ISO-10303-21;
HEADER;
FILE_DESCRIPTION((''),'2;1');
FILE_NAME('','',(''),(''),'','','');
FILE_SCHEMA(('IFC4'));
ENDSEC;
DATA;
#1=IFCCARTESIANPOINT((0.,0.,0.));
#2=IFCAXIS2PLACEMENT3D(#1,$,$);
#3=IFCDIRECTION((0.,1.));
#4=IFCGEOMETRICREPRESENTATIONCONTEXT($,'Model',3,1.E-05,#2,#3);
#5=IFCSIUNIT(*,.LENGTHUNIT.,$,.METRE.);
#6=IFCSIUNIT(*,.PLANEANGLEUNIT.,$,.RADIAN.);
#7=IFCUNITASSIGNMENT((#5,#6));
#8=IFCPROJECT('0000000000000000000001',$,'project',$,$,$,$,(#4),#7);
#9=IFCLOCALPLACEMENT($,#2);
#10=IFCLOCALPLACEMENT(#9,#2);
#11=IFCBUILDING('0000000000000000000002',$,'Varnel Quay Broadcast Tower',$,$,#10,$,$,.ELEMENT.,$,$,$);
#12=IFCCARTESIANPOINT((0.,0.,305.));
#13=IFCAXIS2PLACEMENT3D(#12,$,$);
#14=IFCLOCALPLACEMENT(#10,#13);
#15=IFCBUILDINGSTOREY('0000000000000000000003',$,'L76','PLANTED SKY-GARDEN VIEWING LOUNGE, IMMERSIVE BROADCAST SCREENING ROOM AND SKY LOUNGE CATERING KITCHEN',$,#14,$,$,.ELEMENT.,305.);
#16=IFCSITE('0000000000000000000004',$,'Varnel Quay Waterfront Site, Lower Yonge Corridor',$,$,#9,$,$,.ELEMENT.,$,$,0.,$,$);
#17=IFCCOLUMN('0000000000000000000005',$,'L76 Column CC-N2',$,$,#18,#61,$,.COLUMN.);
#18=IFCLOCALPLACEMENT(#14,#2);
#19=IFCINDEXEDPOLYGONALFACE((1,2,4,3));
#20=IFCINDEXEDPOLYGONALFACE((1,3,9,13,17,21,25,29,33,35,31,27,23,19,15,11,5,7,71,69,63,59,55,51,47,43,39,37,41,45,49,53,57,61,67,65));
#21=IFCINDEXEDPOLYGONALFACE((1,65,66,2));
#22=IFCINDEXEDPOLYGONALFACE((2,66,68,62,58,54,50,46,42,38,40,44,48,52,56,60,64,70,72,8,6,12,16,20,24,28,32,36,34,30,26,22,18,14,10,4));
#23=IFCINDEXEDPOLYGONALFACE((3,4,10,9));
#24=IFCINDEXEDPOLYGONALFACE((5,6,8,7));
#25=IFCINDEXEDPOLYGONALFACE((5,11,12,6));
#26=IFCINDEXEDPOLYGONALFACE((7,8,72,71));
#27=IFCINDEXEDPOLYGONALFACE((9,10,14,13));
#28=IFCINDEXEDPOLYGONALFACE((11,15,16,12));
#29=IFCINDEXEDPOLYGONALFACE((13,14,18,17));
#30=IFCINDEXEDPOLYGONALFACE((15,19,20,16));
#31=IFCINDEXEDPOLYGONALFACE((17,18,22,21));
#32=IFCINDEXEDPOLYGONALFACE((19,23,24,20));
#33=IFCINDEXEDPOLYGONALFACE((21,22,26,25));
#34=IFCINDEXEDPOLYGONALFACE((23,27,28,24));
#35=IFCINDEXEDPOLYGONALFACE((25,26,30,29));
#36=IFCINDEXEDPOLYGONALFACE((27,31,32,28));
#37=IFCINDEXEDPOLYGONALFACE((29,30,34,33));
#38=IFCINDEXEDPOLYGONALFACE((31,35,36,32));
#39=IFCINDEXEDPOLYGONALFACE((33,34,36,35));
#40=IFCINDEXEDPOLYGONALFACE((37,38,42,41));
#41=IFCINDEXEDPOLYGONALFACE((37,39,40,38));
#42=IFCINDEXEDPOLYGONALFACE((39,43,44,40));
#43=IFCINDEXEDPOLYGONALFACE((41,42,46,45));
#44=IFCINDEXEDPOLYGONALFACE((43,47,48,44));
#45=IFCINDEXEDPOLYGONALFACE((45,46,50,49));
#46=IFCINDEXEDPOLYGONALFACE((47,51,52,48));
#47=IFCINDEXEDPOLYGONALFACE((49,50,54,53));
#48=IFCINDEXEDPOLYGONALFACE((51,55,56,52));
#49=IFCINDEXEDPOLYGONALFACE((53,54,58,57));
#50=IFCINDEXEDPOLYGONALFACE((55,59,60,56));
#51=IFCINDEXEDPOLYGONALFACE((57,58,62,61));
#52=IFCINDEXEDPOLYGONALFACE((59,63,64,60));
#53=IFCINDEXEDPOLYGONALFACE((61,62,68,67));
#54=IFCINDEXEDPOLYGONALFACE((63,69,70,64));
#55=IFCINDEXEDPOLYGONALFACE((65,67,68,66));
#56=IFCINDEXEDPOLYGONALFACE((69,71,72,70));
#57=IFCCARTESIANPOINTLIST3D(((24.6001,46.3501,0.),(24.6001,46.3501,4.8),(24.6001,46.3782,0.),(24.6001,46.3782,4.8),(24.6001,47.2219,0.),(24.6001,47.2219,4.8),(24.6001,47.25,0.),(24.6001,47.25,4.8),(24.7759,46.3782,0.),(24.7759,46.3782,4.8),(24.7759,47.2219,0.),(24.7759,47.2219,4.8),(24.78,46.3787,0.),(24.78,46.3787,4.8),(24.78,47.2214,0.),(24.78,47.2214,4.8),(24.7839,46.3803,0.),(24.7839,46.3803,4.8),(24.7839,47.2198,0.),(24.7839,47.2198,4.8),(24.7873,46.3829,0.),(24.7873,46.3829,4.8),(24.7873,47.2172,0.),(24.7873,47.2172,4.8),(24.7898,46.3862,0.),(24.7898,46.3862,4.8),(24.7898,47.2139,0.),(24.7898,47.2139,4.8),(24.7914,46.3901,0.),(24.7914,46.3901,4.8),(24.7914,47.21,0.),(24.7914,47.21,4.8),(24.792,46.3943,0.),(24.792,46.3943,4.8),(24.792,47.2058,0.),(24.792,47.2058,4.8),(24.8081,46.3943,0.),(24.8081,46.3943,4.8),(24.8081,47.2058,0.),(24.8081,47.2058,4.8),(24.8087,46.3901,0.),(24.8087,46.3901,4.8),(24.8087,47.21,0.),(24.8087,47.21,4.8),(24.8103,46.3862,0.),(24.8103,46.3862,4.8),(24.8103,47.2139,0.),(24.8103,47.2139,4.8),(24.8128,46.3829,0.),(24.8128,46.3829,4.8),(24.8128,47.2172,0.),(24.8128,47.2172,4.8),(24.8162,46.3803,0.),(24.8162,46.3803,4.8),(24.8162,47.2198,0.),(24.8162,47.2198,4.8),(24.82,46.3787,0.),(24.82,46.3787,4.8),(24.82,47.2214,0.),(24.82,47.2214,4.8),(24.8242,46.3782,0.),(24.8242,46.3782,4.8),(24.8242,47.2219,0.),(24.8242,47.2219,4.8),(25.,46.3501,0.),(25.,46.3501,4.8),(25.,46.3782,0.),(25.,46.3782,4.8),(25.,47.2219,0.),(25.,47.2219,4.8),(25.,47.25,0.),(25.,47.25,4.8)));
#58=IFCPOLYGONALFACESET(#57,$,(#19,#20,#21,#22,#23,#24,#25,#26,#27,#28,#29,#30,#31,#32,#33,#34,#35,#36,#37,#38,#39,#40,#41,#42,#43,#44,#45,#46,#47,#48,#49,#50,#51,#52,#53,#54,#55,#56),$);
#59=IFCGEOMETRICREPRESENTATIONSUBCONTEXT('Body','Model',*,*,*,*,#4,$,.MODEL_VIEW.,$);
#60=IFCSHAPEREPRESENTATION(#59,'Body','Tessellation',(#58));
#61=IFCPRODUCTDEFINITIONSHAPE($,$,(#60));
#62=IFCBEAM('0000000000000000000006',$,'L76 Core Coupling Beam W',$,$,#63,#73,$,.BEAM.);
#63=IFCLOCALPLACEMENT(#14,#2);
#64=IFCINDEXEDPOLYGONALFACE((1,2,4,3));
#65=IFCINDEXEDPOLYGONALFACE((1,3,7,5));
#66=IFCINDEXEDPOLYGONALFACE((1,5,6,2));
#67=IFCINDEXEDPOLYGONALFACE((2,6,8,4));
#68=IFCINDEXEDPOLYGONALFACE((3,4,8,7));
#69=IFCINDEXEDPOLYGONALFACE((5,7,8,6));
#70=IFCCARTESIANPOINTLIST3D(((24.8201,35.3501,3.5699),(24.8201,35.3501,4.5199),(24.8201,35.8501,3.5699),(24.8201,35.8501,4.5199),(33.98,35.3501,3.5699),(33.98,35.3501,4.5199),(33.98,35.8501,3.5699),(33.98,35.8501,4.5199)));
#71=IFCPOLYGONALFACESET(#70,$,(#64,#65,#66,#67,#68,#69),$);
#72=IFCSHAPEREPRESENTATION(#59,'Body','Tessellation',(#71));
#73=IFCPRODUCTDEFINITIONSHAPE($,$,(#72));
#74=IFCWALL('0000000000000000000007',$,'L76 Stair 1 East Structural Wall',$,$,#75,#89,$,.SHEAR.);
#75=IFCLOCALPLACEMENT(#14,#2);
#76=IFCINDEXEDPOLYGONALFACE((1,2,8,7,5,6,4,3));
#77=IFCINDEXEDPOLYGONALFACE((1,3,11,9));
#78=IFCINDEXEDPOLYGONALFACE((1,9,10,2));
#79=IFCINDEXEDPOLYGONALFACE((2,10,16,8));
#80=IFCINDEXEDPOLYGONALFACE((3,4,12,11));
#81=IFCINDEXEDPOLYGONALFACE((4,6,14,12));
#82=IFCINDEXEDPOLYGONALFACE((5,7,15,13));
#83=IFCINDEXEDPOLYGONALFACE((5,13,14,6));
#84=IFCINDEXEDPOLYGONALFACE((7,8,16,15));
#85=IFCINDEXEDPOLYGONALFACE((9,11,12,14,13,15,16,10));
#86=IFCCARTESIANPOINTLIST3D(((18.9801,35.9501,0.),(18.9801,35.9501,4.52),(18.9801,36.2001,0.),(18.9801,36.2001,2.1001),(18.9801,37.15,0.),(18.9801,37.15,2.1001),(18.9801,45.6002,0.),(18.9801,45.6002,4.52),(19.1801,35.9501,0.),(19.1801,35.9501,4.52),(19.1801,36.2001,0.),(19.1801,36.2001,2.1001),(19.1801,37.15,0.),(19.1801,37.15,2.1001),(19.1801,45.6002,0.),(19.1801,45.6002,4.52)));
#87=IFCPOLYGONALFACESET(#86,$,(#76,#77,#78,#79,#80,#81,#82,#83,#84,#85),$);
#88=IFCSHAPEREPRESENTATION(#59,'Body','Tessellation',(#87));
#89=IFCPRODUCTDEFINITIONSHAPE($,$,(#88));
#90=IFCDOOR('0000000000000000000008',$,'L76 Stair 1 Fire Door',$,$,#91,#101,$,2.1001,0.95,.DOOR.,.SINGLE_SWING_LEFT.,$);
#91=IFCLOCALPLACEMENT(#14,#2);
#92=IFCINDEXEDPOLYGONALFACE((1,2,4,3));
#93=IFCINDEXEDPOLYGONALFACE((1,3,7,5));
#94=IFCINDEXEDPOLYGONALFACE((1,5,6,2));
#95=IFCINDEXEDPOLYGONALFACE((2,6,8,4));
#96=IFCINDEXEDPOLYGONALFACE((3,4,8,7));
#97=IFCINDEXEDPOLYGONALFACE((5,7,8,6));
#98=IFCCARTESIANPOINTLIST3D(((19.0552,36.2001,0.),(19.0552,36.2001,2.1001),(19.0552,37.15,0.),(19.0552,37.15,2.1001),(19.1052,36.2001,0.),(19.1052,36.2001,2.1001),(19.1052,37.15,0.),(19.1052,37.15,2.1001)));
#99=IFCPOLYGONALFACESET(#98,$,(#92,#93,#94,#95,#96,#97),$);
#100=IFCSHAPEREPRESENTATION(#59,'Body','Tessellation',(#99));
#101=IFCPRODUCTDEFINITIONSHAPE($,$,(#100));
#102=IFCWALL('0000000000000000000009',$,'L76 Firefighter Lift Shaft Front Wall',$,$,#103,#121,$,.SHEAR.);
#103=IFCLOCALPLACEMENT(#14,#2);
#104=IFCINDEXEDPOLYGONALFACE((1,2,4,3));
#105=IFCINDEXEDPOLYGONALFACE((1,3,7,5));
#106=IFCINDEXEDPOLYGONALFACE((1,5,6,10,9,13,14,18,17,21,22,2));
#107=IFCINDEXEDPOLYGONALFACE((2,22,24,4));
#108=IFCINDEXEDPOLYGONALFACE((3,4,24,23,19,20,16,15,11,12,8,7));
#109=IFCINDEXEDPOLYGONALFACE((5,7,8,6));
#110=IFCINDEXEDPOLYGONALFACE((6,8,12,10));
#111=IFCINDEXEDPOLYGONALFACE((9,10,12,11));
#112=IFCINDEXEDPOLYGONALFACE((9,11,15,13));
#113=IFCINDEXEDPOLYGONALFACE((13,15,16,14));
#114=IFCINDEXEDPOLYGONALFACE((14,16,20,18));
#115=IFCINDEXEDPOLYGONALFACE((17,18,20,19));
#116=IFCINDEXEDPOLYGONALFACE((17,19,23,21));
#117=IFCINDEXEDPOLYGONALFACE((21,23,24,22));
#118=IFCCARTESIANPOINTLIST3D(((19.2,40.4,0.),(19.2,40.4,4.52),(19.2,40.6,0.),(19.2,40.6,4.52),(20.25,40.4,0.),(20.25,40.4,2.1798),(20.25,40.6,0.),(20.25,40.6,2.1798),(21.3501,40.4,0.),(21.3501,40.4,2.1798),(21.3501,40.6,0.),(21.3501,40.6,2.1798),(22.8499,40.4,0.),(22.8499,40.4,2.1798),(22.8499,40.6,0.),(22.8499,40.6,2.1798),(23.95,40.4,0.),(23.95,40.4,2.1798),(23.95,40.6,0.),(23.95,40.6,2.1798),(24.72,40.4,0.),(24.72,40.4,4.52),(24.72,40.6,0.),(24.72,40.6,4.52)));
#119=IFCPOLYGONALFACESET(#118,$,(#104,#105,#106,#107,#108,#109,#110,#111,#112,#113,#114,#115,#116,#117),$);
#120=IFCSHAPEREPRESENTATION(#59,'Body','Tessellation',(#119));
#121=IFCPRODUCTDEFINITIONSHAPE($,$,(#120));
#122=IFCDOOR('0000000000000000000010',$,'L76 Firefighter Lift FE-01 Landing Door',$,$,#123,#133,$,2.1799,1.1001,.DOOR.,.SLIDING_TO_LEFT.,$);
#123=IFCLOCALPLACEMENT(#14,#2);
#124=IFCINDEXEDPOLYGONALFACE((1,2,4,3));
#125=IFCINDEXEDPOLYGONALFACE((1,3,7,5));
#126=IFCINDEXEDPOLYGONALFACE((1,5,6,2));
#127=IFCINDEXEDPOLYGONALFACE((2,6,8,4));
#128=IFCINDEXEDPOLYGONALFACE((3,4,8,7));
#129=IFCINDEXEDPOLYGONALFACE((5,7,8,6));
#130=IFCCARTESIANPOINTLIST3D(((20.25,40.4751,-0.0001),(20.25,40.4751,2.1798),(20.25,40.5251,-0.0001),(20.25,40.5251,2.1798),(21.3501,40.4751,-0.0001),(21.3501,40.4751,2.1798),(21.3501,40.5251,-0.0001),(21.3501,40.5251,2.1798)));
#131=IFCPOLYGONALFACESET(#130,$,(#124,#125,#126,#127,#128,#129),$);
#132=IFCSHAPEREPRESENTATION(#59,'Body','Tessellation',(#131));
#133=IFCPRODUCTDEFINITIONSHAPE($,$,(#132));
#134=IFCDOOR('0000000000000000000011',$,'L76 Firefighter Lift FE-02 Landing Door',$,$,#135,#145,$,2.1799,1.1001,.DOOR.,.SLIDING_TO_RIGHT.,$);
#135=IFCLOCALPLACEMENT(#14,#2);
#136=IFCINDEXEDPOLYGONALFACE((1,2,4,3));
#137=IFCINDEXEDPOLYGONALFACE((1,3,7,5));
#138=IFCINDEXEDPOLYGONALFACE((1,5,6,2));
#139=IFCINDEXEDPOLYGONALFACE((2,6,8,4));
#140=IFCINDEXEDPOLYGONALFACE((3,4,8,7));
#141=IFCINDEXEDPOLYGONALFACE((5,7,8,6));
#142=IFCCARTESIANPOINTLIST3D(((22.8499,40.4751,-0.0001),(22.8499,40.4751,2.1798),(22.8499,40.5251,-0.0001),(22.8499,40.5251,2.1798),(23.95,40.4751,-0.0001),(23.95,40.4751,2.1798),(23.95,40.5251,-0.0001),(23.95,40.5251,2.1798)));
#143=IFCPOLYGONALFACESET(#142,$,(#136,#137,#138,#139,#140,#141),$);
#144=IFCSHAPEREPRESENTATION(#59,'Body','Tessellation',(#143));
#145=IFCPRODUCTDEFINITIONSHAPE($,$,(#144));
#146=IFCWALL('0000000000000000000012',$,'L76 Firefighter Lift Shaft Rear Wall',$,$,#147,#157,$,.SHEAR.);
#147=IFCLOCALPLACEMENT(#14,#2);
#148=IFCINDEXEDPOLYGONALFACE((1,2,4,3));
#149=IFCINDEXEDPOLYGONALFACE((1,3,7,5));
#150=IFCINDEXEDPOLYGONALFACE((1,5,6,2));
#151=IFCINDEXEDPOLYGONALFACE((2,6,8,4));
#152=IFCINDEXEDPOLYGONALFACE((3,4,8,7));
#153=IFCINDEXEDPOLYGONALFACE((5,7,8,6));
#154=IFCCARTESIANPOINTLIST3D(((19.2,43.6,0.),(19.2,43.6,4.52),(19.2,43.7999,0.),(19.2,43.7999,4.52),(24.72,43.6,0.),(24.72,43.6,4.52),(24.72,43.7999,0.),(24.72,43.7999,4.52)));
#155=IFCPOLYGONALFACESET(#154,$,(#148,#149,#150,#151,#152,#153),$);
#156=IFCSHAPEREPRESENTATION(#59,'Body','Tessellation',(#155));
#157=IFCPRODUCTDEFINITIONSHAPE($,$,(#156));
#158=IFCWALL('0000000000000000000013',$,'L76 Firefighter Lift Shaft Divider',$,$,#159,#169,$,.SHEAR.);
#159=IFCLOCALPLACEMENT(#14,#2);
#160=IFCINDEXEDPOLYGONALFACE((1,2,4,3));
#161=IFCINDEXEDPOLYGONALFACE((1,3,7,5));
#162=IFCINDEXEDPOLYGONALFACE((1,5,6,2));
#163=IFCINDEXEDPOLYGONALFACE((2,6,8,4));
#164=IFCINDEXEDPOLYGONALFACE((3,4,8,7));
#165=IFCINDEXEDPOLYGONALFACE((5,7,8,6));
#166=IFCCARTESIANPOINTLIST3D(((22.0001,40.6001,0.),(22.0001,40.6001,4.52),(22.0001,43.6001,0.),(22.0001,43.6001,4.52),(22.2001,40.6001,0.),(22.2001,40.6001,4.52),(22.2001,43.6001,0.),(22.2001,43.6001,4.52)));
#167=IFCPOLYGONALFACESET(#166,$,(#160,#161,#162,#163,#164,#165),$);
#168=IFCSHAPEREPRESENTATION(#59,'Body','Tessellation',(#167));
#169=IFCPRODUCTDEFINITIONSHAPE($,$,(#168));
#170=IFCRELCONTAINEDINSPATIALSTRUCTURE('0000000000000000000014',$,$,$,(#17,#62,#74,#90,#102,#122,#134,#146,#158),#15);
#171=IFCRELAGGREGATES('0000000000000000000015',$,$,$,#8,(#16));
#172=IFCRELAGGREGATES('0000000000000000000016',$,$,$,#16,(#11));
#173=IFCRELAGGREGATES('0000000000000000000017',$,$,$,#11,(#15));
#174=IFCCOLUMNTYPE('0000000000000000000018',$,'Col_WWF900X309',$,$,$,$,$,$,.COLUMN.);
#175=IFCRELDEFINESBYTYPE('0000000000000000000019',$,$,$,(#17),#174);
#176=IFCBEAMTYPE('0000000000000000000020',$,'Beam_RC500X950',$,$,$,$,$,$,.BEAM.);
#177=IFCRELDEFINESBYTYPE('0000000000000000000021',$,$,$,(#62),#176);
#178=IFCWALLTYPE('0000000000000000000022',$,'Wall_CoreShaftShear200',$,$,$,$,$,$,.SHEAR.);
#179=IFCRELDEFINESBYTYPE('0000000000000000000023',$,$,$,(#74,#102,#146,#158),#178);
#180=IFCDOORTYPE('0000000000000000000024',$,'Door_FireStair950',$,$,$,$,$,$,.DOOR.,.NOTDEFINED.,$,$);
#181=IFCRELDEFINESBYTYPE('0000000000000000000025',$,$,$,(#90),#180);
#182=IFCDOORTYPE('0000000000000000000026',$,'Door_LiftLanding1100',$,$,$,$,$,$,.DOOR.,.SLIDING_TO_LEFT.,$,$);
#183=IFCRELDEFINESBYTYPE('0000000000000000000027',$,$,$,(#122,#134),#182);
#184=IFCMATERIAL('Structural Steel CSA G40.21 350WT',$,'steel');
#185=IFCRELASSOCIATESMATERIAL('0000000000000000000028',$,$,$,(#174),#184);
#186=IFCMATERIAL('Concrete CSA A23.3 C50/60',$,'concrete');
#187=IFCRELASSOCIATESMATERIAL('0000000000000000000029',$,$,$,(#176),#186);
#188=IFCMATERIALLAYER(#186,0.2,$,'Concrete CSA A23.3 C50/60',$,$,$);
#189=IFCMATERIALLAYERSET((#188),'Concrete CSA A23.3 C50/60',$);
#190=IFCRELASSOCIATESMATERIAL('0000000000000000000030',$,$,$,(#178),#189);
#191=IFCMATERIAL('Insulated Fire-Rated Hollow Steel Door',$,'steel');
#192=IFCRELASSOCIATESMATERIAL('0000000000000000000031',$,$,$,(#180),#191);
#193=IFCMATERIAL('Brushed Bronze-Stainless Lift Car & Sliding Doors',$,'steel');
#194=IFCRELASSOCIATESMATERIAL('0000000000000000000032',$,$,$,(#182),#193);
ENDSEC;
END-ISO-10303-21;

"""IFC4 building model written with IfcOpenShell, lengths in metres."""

from ifc_helpers import new_model, si_unit, direction, frame, frame_2d, origin, origin_2d, place, context, subcontext, project, spatial, rectangle, i_section, extrude, source, transform, mapped, material, layer, layer_set, material_profile, profile_set, type_object, type_shapes, element, fill, save


model = new_model("IFC4")

# Units and contexts
model_context = context("Model", 3, precision=1e-05, world=origin(), true_north=direction((0.0, 1.0)))
body_context = subcontext(model_context, "Body", "Model", "MODEL_VIEW")
ifc_project = project(units=[si_unit("LENGTHUNIT", "METRE"), si_unit("PLANEANGLEUNIT", "RADIAN")], contexts=[model_context])

# Site, building, storey
site_placement = place(None, origin())
site = spatial("IfcSite", under=ifc_project, at=site_placement, Name="Varnel Quay Waterfront Site, Lower Yonge Corridor", CompositionType="ELEMENT", RefElevation=0.0)
building_placement = place(site_placement, origin())
building = spatial("IfcBuilding", under=site, at=building_placement, Name="Varnel Quay Broadcast Tower", CompositionType="ELEMENT")
storey_placement = place(building_placement, frame((0.0, 0.0, 305.0)))
storey = spatial("IfcBuildingStorey", under=building, at=storey_placement, Name="L76", Description="PLANTED SKY-GARDEN VIEWING LOUNGE, IMMERSIVE BROADCAST SCREENING ROOM AND SKY LOUNGE CATERING KITCHEN", CompositionType="ELEMENT", Elevation=305.0)

# Column
ifc_material_1 = material(Name="Structural Steel CSA G40.21 350WT", Category="steel")
ifc_material_profile_1 = material_profile(ifc_material_1, i_section(OverallWidth=0.3999, OverallDepth=0.8999, WebThickness=0.0161, FlangeThickness=0.0281, FilletRadius=0.0161, at=origin_2d()), Name="WWF900X309")
ifc_profile_set_1 = profile_set([ifc_material_profile_1], Name="Structural Steel CSA G40.21 350WT")
column_type = type_object("IfcColumnType", Name="Col_WWF900X309", PredefinedType="COLUMN", material=ifc_profile_set_1)
shared_shape_1 = source(origin(), body_context, "Body", "SweptSolid", [
    extrude(i_section(OverallWidth=0.3999, OverallDepth=0.8999, WebThickness=0.0161, FlangeThickness=0.0281, FilletRadius=0.0161, at=origin_2d()), origin(), (0.0, 0.0, 1.0), 4.8),
])
type_shapes(column_type, [shared_shape_1])
column_placement = place(storey_placement, frame((24.8, 46.8, 0.0), z_axis=(0.0, 0.0, 1.0), x_axis=(1.0, 0.0, 0.0)))
element("IfcColumn", 1, at=column_placement, inside=storey, type_object=column_type, Name="L76 Column CC-N2", PredefinedType="COLUMN", context=body_context, shape_type="MappedRepresentation", body=[
    mapped(shared_shape_1, transform((0.0, 0.0, 0.0), x_axis=(1.0, 0.0, 0.0), y_axis=(0.0, 1.0, 0.0), z_axis=(0.0, 0.0, 1.0), scale=1.0)),
])

# Beam
ifc_material_2 = material(Name="Concrete CSA A23.3 C50/60", Category="concrete")
ifc_material_profile_2 = material_profile(ifc_material_2, rectangle(XDim=0.5, YDim=0.95, at=origin_2d()), Name="RC500X950")
ifc_profile_set_2 = profile_set([ifc_material_profile_2], Name="Concrete CSA A23.3 C50/60")
beam_type = type_object("IfcBeamType", Name="Beam_RC500X950", PredefinedType="BEAM", material=ifc_profile_set_2)
shared_shape_2 = source(origin(), body_context, "Body", "SweptSolid", [
    extrude(rectangle(XDim=0.5, YDim=0.95, at=origin_2d()), origin(), (0.0, 0.0, 1.0), 9.1599),
])
type_shapes(beam_type, [shared_shape_2])
beam_placement = place(storey_placement, frame((24.8201, 35.6001, 4.0449), z_axis=(1.0, 0.0, 0.0), x_axis=(0.0, 1.0, 0.0)))
element("IfcBeam", 2, at=beam_placement, inside=storey, type_object=beam_type, Name="L76 Core Coupling Beam W", PredefinedType="BEAM", context=body_context, shape_type="MappedRepresentation", body=[
    mapped(shared_shape_2, transform((0.0, 0.0, 0.0), x_axis=(1.0, 0.0, 0.0), y_axis=(0.0, 1.0, 0.0), z_axis=(0.0, 0.0, 1.0), scale=1.0)),
])

# Wall, opening, door
ifc_layer_1 = layer(ifc_material_2, 0.2, Name="Concrete CSA A23.3 C50/60")
ifc_layer_set_1 = layer_set([ifc_layer_1], Name="Concrete CSA A23.3 C50/60")
wall_type_1 = type_object("IfcWallType", Name="Wall_CoreShaftShear200", PredefinedType="SHEAR", material=ifc_layer_set_1)
wall_1_placement = place(storey_placement, frame((19.0801, 35.95, 0.0), z_axis=(0.0, 0.0, 1.0), x_axis=(0.0, 1.0, 0.0)))
wall_1 = element("IfcWall", 3, at=wall_1_placement, inside=storey, type_object=wall_type_1, Name="L76 Stair 1 East Structural Wall", PredefinedType="SHEAR", context=body_context, shape_type="SweptSolid", body=[
    extrude(rectangle(XDim=9.6501, YDim=0.2, at=frame_2d((4.8252, 0.0))), origin(), (0.0, 0.0, 1.0), 4.52),
])
opening_1_placement = place(wall_1_placement, frame((0.25, 0.0, 0.0)))
opening_1 = element("IfcOpeningElement", 4, at=opening_1_placement, cuts=wall_1, PredefinedType="OPENING", context=body_context, shape_type="SweptSolid", body=[
    extrude(rectangle(XDim=0.95, YDim=2.1001, at=frame_2d((0.4751, 1.05))), frame((0.0, 0.1099, 0.0), z_axis=(0.0, -1.0, 0.0), x_axis=(1.0, 0.0, 0.0)), (0.0, 0.0, 1.0), 0.22),
])
ifc_material_3 = material(Name="Insulated Fire-Rated Hollow Steel Door", Category="steel")
door_type_1 = type_object("IfcDoorType", Name="Door_FireStair950", OperationType="NOTDEFINED", PredefinedType="DOOR", material=ifc_material_3)
shared_shape_3 = source(origin(), body_context, "Body", "SweptSolid", [
    extrude(rectangle(XDim=0.95, YDim=2.1001, at=frame_2d((0.4751, 1.05))), frame((0.0, 0.0249, 0.0), z_axis=(0.0, -1.0, 0.0), x_axis=(1.0, 0.0, 0.0)), (0.0, 0.0, 1.0), 0.05),
])
type_shapes(door_type_1, [shared_shape_3])
door_1_placement = place(opening_1_placement, origin())
door_1 = element("IfcDoor", 5, at=door_1_placement, inside=storey, type_object=door_type_1, Name="L76 Stair 1 Fire Door", OperationType="SINGLE_SWING_LEFT", OverallHeight=2.1001, OverallWidth=0.95, PredefinedType="DOOR", context=body_context, shape_type="MappedRepresentation", body=[
    mapped(shared_shape_3, transform((0.0, 0.0, 0.0), x_axis=(1.0, 0.0, 0.0), y_axis=(0.0, 1.0, 0.0), z_axis=(0.0, 0.0, 1.0), scale=1.0)),
])
fill(opening_1, door_1)

# Wall, openings, doors
wall_2_placement = place(storey_placement, frame((19.2, 40.5, 0.0), z_axis=(0.0, 0.0, 1.0), x_axis=(1.0, 0.0, 0.0)))
wall_2 = element("IfcWall", 6, at=wall_2_placement, inside=storey, type_object=wall_type_1, Name="L76 Firefighter Lift Shaft Front Wall", PredefinedType="SHEAR", context=body_context, shape_type="SweptSolid", body=[
    extrude(rectangle(XDim=5.52, YDim=0.2, at=frame_2d((2.76, 0.0))), origin(), (0.0, 0.0, 1.0), 4.52),
])
opening_2_placement = place(wall_2_placement, frame((1.05, 0.0, 0.0)))
opening_2 = element("IfcOpeningElement", 7, at=opening_2_placement, cuts=wall_2, PredefinedType="OPENING", context=body_context, shape_type="SweptSolid", body=[
    extrude(rectangle(XDim=1.1001, YDim=2.1799, at=frame_2d((0.55, 1.0898))), frame((0.0, 0.1099, 0.0), z_axis=(0.0, -1.0, 0.0), x_axis=(1.0, 0.0, 0.0)), (0.0, 0.0, 1.0), 0.22),
])
opening_3_placement = place(wall_2_placement, frame((3.6499, 0.0, 0.0)))
opening_3 = element("IfcOpeningElement", 8, at=opening_3_placement, cuts=wall_2, PredefinedType="OPENING", context=body_context, shape_type="SweptSolid", body=[
    extrude(rectangle(XDim=1.1001, YDim=2.1799, at=frame_2d((0.55, 1.0898))), frame((0.0, 0.1099, 0.0), z_axis=(0.0, -1.0, 0.0), x_axis=(1.0, 0.0, 0.0)), (0.0, 0.0, 1.0), 0.22),
])
ifc_material_4 = material(Name="Brushed Bronze-Stainless Lift Car & Sliding Doors", Category="steel")
door_type_2 = type_object("IfcDoorType", Name="Door_LiftLanding1100", OperationType="SLIDING_TO_LEFT", PredefinedType="DOOR", material=ifc_material_4)
shared_shape_4 = source(origin(), body_context, "Body", "SweptSolid", [
    extrude(rectangle(XDim=1.1001, YDim=2.1799, at=frame_2d((0.55, 1.0898))), frame((0.0, 0.0249, 0.0), z_axis=(0.0, -1.0, 0.0), x_axis=(1.0, 0.0, 0.0)), (0.0, 0.0, 1.0), 0.05),
])
type_shapes(door_type_2, [shared_shape_4])
door_2_placement = place(opening_2_placement, frame((1.1001, 0.0, 0.0), z_axis=(0.0, 0.0, 1.0), x_axis=(-1.0, 0.0, 0.0)))
door_2 = element("IfcDoor", 9, at=door_2_placement, inside=storey, type_object=door_type_2, Name="L76 Firefighter Lift FE-01 Landing Door", OperationType="SLIDING_TO_LEFT", OverallHeight=2.1799, OverallWidth=1.1001, PredefinedType="DOOR", context=body_context, shape_type="MappedRepresentation", body=[
    mapped(shared_shape_4, transform((0.0, 0.0, 0.0), x_axis=(1.0, 0.0, 0.0), y_axis=(0.0, 1.0, 0.0), z_axis=(0.0, 0.0, 1.0), scale=1.0)),
])
fill(opening_2, door_2)
door_3_placement = place(opening_3_placement, frame((1.1001, 0.0, 0.0), z_axis=(0.0, 0.0, 1.0), x_axis=(-1.0, 0.0, 0.0)))
door_3 = element("IfcDoor", 10, at=door_3_placement, inside=storey, type_object=door_type_2, Name="L76 Firefighter Lift FE-02 Landing Door", OperationType="SLIDING_TO_RIGHT", OverallHeight=2.1799, OverallWidth=1.1001, PredefinedType="DOOR", context=body_context, shape_type="MappedRepresentation", body=[
    mapped(shared_shape_4, transform((0.0, 0.0, 0.0), x_axis=(1.0, 0.0, 0.0), y_axis=(0.0, 1.0, 0.0), z_axis=(0.0, 0.0, 1.0), scale=1.0)),
])
fill(opening_3, door_3)

# Walls
wall_3_placement = place(storey_placement, frame((19.2, 43.7, 0.0), z_axis=(0.0, 0.0, 1.0), x_axis=(1.0, 0.0, 0.0)))
element("IfcWall", 11, at=wall_3_placement, inside=storey, type_object=wall_type_1, Name="L76 Firefighter Lift Shaft Rear Wall", PredefinedType="SHEAR", context=body_context, shape_type="SweptSolid", body=[
    extrude(rectangle(XDim=5.52, YDim=0.2, at=frame_2d((2.76, 0.0))), origin(), (0.0, 0.0, 1.0), 4.52),
])
wall_4_placement = place(storey_placement, frame((22.1001, 40.6001, 0.0), z_axis=(0.0, 0.0, 1.0), x_axis=(0.0, 1.0, 0.0)))
element("IfcWall", 12, at=wall_4_placement, inside=storey, type_object=wall_type_1, Name="L76 Firefighter Lift Shaft Divider", PredefinedType="SHEAR", context=body_context, shape_type="SweptSolid", body=[
    extrude(rectangle(XDim=3.0, YDim=0.2, at=frame_2d((1.5, 0.0))), origin(), (0.0, 0.0, 1.0), 4.52),
])

save(model, "model.ifc")
